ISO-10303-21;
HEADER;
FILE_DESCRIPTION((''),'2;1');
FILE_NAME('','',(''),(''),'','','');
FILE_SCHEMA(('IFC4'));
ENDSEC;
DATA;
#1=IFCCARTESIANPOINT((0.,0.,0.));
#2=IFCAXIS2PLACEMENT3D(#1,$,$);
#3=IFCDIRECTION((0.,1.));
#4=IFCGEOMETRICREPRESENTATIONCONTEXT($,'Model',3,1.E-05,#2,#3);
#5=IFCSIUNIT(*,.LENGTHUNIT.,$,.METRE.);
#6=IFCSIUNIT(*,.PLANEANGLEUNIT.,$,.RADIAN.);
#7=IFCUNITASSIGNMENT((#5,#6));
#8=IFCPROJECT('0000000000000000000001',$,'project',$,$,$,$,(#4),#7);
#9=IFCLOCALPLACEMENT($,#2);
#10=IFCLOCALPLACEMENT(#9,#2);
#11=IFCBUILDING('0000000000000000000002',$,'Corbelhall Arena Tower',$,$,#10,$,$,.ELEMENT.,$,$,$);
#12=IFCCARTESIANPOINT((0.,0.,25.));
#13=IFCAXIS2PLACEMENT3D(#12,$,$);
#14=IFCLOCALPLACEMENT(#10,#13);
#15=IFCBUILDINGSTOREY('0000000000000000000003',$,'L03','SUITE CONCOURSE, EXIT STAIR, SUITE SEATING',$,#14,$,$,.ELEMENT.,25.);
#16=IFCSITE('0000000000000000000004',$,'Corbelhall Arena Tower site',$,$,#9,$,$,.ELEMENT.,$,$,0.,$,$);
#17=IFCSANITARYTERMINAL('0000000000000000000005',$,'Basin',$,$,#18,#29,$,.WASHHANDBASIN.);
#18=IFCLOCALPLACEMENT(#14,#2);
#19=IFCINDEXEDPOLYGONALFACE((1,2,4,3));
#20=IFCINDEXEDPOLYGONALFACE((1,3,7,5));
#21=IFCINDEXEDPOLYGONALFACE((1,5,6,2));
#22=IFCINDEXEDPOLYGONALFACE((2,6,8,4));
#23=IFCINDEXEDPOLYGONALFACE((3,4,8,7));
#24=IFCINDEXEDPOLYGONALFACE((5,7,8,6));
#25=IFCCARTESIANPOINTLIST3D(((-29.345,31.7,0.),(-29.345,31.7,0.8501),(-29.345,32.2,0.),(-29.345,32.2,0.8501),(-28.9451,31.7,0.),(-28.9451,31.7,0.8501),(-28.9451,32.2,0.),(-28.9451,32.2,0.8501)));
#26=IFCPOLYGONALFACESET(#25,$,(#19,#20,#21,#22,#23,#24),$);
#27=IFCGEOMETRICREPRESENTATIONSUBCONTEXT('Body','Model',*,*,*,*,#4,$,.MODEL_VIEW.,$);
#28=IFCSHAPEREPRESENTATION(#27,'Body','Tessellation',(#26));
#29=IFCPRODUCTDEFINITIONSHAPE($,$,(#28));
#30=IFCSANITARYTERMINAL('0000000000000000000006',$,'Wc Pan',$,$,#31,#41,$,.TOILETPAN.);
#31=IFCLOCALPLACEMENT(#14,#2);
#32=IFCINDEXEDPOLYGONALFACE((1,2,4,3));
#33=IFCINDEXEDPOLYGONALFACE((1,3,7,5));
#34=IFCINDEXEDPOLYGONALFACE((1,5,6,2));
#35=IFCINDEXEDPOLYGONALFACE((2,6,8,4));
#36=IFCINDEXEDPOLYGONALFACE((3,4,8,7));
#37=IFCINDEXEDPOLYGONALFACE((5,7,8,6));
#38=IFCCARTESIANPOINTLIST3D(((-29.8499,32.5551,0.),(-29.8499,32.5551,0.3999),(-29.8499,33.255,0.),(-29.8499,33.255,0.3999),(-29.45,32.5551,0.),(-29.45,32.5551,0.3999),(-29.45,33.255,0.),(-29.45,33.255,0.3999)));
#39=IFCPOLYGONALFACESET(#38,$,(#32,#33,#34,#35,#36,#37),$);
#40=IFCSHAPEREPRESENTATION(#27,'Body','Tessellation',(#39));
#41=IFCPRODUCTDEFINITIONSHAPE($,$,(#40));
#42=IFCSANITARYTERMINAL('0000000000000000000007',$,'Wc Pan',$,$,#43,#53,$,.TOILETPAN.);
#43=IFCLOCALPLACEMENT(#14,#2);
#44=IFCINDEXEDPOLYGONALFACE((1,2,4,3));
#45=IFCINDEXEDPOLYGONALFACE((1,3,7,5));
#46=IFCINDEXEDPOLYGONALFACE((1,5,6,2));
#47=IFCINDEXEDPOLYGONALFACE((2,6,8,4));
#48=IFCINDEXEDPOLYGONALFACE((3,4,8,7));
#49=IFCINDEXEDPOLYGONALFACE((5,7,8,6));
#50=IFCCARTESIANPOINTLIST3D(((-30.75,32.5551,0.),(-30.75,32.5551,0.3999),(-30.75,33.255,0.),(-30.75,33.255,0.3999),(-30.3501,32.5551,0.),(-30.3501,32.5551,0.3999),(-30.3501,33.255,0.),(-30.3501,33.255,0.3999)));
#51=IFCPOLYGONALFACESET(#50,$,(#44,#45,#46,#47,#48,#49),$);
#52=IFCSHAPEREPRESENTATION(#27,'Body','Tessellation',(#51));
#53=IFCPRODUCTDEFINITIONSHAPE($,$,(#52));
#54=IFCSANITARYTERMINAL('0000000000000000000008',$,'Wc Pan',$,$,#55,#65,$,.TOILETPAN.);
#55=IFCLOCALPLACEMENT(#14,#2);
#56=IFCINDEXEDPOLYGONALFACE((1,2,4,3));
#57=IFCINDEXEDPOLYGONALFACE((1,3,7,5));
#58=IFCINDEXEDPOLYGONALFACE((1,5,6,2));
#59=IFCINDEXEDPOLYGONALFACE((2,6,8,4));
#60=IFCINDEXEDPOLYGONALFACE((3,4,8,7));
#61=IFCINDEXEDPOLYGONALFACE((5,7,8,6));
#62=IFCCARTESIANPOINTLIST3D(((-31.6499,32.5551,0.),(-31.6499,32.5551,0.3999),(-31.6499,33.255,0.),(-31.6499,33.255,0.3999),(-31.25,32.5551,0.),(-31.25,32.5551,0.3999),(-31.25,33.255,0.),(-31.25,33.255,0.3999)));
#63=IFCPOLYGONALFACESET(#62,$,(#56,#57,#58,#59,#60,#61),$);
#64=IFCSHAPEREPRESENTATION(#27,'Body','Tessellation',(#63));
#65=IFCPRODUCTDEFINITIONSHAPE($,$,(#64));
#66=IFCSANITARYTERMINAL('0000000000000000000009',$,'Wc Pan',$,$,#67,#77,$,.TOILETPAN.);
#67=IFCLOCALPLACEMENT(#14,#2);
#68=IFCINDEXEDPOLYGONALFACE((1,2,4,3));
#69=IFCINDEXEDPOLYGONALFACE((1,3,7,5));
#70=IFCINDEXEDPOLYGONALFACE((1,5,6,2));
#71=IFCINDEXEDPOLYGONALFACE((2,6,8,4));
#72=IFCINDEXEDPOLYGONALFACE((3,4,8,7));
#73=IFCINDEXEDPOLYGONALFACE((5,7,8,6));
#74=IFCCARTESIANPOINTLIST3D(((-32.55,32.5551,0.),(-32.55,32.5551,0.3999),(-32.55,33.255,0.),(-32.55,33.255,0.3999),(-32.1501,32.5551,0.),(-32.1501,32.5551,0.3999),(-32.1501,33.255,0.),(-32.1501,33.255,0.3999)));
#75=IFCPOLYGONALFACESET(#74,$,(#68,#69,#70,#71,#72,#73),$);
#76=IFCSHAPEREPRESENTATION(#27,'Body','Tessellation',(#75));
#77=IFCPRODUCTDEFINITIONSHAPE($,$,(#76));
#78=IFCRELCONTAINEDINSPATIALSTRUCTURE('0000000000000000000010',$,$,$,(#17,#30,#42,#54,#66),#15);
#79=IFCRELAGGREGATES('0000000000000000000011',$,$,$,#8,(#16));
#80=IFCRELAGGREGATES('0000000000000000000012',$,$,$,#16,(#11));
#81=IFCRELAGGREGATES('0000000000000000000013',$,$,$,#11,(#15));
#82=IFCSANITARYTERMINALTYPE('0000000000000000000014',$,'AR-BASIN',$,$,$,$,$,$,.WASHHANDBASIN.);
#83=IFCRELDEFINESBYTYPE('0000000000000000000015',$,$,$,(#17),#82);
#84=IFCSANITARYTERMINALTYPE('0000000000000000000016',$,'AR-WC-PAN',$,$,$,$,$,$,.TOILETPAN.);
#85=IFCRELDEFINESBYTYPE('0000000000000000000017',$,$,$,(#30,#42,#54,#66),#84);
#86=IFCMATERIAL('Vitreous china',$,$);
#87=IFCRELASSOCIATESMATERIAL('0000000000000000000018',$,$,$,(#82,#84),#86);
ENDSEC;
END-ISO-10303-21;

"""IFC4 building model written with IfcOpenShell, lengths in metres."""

from ifc_helpers import new_model, si_unit, direction, frame, origin, origin_2d, place, context, subcontext, project, spatial, rectangle, extrude, material, type_object, element, save


model = new_model("IFC4")

# Units and contexts
model_context = context("Model", 3, precision=1e-05, world=origin(), true_north=direction((0.0, 1.0)))
body_context = subcontext(model_context, "Body", "Model", "MODEL_VIEW")
ifc_project = project(units=[si_unit("LENGTHUNIT", "METRE"), si_unit("PLANEANGLEUNIT", "RADIAN")], contexts=[model_context])

# Site, building, storey
site_placement = place(None, origin())
site = spatial("IfcSite", under=ifc_project, at=site_placement, Name="Corbelhall Arena Tower site", CompositionType="ELEMENT", RefElevation=0.0)
building_placement = place(site_placement, origin())
building = spatial("IfcBuilding", under=site, at=building_placement, Name="Corbelhall Arena Tower", CompositionType="ELEMENT")
storey_placement = place(building_placement, frame((0.0, 0.0, 25.0)))
storey = spatial("IfcBuildingStorey", under=building, at=storey_placement, Name="L03", Description="SUITE CONCOURSE, EXIT STAIR, SUITE SEATING", CompositionType="ELEMENT", Elevation=25.0)

# Sanitary terminals
ifc_material_1 = material(Name="Vitreous china")
sanitary_terminal_type_1 = type_object("IfcSanitaryTerminalType", Name="AR-BASIN", PredefinedType="WASHHANDBASIN", material=ifc_material_1)
sanitary_terminal_placement = place(storey_placement, frame((-29.145, 31.95, 0.0), z_axis=(0.0, 0.0, 1.0), x_axis=(1.0, 0.0, 0.0)))
element("IfcSanitaryTerminal", 1, at=sanitary_terminal_placement, inside=storey, type_object=sanitary_terminal_type_1, Name="Basin", PredefinedType="WASHHANDBASIN", context=body_context, shape_type="SweptSolid", body=[
    extrude(rectangle(XDim=0.3999, YDim=0.5, at=origin_2d()), origin(), (0.0, 0.0, 1.0), 0.8501),
])
sanitary_terminal_type_2 = type_object("IfcSanitaryTerminalType", Name="AR-WC-PAN", PredefinedType="TOILETPAN", material=ifc_material_1)
for number, where, z_axis, x_axis, name in (
    (2, (-29.6499, 32.905, 0.0), (0.0, 0.0, 1.0), (1.0, 0.0, 0.0), "Wc Pan"),
    (3, (-30.55, 32.905, 0.0), (0.0, 0.0, 1.0), (1.0, 0.0, 0.0), "Wc Pan"),
    (4, (-31.45, 32.905, 0.0), (0.0, 0.0, 1.0), (1.0, 0.0, 0.0), "Wc Pan"),
    (5, (-32.3501, 32.905, 0.0), (0.0, 0.0, 1.0), (1.0, 0.0, 0.0), "Wc Pan"),
):
    element("IfcSanitaryTerminal", number, at=place(storey_placement, frame(where, z_axis=z_axis, x_axis=x_axis)), inside=storey, type_object=sanitary_terminal_type_2, Name=name, PredefinedType="TOILETPAN", context=body_context, shape_type="SweptSolid", body=[
        extrude(rectangle(XDim=0.3999, YDim=0.7, at=origin_2d()), origin(), (0.0, 0.0, 1.0), 0.3999),
    ])

save(model, "model.ifc")
